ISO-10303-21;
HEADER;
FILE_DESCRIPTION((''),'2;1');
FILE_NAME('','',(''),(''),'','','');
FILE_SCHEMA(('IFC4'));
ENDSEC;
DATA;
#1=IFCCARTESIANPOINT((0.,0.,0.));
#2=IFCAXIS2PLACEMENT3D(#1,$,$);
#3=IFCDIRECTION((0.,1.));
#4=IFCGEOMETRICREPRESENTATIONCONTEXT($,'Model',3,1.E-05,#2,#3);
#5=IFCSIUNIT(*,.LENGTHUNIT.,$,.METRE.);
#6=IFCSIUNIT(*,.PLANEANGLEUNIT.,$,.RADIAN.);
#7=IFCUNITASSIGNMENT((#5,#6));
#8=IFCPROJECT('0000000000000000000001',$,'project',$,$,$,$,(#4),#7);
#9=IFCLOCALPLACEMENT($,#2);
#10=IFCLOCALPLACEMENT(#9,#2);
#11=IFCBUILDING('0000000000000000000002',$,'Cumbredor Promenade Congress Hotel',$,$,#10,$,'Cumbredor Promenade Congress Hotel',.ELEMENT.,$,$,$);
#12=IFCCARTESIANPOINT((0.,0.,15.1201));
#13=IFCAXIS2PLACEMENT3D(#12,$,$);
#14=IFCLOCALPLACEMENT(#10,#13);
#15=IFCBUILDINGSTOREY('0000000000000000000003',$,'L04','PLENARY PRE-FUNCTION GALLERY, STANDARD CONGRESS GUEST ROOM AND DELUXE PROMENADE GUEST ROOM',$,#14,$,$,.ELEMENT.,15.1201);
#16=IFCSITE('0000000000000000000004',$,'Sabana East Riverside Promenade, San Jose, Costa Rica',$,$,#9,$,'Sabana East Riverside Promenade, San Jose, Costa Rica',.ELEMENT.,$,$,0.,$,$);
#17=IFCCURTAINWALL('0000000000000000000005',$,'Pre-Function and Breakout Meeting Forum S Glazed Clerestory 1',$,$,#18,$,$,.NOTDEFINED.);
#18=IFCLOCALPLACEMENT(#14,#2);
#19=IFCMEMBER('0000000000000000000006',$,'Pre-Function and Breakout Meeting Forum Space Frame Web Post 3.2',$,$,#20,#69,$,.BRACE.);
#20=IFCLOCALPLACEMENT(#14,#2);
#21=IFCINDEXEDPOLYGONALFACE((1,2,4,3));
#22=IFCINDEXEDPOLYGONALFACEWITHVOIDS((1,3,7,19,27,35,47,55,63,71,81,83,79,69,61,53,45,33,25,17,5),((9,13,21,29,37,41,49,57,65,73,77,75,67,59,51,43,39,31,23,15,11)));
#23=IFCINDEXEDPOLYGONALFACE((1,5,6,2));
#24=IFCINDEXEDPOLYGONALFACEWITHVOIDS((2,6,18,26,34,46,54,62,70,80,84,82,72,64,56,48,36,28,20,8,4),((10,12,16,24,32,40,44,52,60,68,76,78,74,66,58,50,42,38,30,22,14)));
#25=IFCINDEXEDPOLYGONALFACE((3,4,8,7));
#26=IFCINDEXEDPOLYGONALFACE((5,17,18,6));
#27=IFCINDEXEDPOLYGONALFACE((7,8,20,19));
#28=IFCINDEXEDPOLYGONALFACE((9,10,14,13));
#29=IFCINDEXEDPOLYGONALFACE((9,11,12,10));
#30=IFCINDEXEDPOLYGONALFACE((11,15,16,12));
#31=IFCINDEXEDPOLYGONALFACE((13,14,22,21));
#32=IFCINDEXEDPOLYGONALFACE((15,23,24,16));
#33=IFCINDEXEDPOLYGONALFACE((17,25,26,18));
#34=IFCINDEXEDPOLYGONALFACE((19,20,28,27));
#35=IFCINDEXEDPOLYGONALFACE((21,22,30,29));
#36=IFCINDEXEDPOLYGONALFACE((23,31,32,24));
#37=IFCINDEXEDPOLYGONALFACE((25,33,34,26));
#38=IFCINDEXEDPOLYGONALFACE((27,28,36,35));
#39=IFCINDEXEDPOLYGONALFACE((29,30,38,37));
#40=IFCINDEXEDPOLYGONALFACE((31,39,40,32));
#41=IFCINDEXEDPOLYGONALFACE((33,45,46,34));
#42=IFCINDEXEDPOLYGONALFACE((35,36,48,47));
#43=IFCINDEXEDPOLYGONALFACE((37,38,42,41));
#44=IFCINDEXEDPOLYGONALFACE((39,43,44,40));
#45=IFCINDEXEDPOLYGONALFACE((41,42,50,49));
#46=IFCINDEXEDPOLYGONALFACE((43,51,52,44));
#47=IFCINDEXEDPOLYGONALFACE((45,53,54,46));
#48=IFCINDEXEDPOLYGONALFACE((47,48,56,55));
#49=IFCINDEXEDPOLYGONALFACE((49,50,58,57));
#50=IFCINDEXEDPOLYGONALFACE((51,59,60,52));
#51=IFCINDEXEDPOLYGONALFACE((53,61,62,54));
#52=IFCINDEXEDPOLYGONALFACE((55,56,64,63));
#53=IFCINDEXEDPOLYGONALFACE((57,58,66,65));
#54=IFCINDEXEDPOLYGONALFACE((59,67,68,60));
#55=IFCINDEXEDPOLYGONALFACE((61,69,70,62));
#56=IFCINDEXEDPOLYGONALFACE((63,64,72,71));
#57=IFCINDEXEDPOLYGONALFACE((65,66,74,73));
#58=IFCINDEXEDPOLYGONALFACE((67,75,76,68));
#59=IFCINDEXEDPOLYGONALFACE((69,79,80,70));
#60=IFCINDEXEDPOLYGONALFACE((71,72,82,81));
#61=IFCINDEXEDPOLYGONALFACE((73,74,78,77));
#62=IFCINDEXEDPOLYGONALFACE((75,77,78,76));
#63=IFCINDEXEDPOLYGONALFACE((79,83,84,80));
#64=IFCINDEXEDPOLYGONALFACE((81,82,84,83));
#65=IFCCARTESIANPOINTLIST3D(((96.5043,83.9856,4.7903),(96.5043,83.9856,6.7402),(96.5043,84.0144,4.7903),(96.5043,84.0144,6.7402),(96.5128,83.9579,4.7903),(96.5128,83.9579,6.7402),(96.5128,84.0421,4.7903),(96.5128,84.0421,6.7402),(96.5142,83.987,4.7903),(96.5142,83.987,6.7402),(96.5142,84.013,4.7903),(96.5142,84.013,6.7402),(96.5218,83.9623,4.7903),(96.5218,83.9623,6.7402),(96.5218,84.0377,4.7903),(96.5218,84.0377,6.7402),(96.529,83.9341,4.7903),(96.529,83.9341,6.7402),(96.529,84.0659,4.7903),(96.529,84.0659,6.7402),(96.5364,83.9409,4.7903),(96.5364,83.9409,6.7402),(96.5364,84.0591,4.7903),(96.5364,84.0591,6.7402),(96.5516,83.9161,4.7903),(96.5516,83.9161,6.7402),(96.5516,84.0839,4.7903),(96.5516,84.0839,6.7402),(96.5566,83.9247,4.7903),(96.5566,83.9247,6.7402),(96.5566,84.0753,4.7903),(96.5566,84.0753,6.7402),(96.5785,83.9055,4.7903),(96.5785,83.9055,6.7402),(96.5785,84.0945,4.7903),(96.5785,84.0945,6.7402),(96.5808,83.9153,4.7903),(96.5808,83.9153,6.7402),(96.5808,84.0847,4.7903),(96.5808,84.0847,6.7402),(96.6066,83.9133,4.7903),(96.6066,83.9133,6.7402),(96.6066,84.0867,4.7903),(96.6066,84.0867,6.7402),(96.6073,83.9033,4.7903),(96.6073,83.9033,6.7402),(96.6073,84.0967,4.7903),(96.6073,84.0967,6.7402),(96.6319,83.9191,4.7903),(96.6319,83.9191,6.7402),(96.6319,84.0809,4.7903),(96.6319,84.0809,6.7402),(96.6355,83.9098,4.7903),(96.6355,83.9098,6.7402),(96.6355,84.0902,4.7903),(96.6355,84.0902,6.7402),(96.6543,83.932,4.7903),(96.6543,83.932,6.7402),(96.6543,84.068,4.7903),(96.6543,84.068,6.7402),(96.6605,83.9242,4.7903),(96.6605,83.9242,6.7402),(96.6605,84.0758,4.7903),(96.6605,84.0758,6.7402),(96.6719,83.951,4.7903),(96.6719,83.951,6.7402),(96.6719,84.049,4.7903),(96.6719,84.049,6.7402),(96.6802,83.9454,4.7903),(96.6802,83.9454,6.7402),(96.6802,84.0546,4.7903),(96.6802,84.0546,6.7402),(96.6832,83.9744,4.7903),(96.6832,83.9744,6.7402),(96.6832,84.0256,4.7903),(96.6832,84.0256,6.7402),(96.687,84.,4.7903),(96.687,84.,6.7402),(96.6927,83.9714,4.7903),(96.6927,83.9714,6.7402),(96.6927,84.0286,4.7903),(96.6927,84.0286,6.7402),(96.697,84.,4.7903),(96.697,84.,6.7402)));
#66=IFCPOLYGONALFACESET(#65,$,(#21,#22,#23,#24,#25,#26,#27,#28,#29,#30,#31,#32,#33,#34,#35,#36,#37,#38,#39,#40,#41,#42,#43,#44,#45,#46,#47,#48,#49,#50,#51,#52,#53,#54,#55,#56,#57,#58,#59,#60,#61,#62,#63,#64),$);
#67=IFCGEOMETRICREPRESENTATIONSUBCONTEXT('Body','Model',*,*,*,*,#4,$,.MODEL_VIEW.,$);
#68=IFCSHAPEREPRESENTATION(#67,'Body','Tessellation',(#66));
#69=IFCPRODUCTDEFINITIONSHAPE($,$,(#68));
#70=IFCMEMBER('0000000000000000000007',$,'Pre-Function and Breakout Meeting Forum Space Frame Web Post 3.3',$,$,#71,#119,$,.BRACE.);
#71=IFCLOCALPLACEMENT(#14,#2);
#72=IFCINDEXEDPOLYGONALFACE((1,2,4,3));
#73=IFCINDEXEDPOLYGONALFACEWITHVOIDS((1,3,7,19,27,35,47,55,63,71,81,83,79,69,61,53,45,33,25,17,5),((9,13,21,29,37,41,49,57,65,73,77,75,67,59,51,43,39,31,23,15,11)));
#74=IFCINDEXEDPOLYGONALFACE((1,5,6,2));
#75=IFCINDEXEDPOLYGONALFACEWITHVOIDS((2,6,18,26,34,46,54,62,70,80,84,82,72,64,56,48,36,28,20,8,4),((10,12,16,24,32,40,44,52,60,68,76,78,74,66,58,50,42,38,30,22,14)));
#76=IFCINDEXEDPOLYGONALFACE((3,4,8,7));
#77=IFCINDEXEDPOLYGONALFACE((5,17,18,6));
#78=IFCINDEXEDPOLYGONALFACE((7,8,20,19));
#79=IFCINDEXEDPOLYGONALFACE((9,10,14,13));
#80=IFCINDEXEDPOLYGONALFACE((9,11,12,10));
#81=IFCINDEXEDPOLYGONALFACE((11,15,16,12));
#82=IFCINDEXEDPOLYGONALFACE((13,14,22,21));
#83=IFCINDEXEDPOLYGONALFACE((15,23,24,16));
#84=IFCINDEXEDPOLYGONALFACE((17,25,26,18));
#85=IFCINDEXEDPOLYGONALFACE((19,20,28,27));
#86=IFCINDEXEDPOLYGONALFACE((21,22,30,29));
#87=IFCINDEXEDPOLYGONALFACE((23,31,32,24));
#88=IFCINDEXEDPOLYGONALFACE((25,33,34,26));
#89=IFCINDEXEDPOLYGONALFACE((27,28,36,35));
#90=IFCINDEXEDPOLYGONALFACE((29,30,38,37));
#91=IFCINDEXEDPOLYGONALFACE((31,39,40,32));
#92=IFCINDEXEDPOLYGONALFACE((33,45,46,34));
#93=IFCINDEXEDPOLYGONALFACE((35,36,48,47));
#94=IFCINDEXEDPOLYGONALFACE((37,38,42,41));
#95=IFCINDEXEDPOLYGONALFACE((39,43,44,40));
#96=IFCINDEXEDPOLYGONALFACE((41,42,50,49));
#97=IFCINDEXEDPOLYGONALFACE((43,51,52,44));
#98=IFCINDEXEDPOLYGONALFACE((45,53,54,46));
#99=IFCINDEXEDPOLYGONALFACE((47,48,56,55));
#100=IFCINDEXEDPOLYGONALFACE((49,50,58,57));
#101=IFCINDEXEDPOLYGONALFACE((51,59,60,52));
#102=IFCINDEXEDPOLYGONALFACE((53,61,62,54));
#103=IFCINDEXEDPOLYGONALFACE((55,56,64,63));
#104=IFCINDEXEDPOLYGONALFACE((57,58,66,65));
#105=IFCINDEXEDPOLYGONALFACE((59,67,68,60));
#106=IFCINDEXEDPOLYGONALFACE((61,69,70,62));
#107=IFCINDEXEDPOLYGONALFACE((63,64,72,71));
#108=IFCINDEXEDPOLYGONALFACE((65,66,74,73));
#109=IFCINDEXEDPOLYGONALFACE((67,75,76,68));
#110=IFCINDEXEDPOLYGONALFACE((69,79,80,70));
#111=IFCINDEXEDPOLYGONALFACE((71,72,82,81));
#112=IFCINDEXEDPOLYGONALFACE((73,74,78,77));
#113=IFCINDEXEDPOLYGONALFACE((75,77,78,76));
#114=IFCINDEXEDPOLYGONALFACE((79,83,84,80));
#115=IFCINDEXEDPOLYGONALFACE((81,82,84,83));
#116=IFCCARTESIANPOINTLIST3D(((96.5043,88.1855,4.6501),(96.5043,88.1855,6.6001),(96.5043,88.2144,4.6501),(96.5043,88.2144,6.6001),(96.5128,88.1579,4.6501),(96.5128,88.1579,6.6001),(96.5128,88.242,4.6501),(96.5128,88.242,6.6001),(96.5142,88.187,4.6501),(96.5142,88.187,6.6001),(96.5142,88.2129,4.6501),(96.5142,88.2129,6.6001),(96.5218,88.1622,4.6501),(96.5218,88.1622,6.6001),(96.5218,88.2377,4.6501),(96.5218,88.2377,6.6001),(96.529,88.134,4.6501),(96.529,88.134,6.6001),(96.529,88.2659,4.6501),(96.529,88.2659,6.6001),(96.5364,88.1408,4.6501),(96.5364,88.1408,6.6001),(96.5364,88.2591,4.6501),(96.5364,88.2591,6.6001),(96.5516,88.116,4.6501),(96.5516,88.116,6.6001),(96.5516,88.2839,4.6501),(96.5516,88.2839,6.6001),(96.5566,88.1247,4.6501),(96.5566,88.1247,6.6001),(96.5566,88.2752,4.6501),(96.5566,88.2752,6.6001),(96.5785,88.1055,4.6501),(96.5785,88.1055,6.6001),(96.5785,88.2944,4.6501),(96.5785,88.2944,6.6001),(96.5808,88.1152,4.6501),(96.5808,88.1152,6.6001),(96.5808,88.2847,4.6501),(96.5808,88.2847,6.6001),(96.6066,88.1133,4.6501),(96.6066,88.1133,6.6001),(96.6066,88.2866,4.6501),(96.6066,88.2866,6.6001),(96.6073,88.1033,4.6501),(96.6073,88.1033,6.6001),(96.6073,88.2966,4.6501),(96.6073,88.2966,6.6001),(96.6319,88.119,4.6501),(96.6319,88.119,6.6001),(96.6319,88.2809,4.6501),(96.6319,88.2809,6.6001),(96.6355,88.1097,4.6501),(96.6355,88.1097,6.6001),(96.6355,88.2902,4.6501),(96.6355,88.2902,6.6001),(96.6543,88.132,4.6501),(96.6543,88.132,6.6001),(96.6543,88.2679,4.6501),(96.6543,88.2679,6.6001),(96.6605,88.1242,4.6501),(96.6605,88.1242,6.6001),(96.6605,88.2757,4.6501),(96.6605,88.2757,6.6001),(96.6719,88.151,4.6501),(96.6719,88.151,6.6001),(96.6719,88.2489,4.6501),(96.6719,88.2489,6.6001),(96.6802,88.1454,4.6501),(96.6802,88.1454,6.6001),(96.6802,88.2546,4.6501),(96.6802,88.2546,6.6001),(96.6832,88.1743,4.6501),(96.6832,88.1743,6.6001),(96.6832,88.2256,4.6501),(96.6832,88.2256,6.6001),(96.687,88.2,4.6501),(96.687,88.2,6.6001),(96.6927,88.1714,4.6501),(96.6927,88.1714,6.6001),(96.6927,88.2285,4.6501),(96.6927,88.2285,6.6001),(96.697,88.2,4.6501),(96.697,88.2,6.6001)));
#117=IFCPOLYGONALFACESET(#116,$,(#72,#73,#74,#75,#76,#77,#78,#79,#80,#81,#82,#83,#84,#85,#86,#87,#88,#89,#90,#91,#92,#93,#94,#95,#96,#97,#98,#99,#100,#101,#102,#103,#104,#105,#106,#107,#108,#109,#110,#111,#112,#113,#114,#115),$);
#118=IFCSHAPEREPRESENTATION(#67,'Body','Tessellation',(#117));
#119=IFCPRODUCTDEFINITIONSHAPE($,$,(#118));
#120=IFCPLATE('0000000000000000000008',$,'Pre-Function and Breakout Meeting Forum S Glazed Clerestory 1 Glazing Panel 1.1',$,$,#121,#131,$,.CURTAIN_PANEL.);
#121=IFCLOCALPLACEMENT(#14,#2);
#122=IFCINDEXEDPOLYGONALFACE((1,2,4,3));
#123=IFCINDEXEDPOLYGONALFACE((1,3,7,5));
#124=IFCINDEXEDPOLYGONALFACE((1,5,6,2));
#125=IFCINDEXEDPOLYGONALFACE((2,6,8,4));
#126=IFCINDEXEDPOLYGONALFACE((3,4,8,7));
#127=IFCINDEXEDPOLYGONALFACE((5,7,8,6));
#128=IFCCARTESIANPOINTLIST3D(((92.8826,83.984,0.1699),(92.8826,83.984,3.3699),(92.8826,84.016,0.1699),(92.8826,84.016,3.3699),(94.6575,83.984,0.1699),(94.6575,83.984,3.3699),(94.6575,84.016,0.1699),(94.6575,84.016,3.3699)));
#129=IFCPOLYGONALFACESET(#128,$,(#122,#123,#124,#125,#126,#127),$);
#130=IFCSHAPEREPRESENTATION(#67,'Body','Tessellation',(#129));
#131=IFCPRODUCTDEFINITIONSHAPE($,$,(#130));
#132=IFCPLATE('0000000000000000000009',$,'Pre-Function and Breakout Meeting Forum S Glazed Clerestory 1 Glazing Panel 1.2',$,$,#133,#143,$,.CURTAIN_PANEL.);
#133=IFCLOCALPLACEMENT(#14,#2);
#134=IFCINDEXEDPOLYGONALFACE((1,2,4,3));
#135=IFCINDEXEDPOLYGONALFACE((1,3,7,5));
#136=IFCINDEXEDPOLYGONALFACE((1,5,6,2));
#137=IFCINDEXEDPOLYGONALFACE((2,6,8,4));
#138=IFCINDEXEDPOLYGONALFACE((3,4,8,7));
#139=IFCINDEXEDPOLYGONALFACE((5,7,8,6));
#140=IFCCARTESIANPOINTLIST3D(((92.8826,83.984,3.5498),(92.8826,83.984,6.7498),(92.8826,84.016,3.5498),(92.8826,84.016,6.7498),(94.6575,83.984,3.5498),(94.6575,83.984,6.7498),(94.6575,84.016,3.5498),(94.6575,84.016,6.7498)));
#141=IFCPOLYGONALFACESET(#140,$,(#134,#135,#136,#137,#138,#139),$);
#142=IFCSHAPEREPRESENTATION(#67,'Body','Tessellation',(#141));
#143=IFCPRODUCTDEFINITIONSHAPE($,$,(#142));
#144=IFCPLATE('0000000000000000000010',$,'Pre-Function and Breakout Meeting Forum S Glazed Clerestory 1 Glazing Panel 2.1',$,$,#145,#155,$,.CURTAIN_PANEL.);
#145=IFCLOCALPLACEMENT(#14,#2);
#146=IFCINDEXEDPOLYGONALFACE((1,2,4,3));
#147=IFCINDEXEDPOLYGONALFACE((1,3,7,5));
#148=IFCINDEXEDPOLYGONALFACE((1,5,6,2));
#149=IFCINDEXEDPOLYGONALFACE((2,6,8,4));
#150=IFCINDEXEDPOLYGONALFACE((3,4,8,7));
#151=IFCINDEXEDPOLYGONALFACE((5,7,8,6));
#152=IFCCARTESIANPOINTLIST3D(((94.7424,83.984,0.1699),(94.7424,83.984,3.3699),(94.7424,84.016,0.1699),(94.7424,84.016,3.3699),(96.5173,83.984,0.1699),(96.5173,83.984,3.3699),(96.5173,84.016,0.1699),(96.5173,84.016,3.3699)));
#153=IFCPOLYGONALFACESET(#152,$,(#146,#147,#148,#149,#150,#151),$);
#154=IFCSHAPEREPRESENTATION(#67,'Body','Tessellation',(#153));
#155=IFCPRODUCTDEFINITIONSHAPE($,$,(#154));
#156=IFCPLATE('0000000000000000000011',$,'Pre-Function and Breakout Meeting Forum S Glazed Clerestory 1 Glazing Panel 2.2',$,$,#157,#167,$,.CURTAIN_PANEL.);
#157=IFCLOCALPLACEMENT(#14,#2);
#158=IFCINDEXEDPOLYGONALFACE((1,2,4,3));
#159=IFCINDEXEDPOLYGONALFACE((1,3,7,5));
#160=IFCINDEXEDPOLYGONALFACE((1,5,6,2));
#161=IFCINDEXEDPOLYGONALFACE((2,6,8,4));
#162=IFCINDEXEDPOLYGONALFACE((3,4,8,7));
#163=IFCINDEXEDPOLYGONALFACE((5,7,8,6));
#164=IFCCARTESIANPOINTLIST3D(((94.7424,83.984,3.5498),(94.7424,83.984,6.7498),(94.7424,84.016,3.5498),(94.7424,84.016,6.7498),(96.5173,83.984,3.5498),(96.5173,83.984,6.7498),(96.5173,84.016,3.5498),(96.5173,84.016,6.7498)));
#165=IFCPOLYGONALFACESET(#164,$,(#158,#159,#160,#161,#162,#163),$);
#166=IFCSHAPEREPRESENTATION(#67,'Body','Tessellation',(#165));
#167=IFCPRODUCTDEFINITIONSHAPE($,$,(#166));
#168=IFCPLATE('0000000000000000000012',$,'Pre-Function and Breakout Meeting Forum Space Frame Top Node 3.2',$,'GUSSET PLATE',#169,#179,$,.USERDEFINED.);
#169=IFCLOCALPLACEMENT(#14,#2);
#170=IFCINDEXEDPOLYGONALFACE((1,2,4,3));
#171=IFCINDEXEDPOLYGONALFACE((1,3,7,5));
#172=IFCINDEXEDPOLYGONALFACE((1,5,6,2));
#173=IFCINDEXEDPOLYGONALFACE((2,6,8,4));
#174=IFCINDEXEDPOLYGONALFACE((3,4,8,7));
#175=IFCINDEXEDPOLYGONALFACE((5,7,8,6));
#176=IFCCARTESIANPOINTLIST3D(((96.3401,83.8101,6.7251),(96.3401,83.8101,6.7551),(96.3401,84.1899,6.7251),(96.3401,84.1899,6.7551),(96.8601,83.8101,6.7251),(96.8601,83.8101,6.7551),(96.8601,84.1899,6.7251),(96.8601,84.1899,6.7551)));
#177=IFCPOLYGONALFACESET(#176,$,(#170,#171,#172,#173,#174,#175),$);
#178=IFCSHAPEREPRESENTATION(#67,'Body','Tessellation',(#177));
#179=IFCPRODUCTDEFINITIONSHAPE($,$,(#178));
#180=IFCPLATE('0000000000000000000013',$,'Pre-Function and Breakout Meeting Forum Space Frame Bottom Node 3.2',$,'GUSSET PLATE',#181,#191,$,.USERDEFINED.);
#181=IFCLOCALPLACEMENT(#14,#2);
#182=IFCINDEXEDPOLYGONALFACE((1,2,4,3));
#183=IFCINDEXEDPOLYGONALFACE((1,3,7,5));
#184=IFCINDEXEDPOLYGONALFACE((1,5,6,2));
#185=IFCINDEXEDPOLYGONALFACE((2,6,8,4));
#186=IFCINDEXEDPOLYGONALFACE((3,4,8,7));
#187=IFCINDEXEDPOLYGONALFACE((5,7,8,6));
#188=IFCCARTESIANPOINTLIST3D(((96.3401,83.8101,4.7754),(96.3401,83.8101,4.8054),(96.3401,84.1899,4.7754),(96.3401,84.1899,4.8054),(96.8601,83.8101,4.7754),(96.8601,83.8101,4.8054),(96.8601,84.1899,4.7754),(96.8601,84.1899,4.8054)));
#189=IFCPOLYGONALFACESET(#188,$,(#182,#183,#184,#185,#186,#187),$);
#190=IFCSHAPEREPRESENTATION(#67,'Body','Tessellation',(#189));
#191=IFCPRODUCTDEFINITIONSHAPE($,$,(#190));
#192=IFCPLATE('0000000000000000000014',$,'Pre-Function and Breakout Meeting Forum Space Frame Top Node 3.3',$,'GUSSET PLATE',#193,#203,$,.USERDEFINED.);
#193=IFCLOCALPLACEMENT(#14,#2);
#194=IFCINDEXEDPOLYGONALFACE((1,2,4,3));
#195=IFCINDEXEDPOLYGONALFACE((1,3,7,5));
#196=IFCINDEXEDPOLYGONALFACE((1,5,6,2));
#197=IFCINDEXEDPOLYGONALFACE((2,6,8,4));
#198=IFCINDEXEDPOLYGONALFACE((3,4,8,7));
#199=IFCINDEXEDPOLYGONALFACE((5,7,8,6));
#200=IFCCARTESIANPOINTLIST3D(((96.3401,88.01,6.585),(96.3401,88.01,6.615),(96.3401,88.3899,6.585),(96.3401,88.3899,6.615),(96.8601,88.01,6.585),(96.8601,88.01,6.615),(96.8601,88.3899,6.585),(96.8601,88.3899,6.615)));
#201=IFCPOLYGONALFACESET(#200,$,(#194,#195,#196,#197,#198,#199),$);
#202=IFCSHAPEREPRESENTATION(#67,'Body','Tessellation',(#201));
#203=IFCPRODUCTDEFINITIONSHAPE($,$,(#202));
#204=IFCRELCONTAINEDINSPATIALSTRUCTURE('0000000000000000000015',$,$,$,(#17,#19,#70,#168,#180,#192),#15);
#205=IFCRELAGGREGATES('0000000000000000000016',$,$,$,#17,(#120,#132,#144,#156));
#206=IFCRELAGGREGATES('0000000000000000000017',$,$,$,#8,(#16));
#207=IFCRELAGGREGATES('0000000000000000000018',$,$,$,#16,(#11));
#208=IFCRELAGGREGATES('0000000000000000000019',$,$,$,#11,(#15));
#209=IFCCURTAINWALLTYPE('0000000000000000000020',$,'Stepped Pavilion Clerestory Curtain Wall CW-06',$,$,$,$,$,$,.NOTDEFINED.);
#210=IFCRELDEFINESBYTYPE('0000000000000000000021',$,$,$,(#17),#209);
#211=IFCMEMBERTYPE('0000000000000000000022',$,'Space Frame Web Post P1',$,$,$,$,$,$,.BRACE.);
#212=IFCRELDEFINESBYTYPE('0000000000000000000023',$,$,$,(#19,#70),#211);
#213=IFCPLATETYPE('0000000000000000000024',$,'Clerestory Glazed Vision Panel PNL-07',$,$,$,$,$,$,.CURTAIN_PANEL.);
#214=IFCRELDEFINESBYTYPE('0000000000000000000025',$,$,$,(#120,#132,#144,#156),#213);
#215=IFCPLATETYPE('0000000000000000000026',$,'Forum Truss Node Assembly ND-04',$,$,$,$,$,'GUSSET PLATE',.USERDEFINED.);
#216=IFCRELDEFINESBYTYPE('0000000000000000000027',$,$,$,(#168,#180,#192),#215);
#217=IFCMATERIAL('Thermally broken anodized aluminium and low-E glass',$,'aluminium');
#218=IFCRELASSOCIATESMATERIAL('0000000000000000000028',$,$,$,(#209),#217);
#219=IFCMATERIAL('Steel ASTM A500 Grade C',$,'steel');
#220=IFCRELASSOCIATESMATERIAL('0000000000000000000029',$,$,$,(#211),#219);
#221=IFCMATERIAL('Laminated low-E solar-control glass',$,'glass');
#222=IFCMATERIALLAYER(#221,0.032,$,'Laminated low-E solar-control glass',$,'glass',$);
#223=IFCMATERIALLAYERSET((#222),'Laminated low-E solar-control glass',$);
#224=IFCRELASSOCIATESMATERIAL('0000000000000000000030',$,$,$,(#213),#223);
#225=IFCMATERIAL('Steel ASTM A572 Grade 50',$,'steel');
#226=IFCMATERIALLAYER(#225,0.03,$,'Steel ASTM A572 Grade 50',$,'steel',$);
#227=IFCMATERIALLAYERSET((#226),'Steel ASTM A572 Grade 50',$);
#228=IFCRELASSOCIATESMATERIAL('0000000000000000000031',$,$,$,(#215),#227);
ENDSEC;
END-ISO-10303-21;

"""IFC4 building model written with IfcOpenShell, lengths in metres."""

from ifc_helpers import new_model, si_unit, direction, frame, origin, origin_2d, place, context, subcontext, project, spatial, rectangle, hollow_circle, extrude, material, layer, layer_set, material_profile, profile_set, type_object, element, aggregate, save


model = new_model("IFC4")

# Units and contexts
model_context = context("Model", 3, precision=1e-05, world=origin(), true_north=direction((0.0, 1.0)))
body_context = subcontext(model_context, "Body", "Model", "MODEL_VIEW")
ifc_project = project(units=[si_unit("LENGTHUNIT", "METRE"), si_unit("PLANEANGLEUNIT", "RADIAN")], contexts=[model_context])

# Site, building, storey
site_placement = place(None, origin())
site = spatial("IfcSite", under=ifc_project, at=site_placement, Name="Sabana East Riverside Promenade, San Jose, Costa Rica", LongName="Sabana East Riverside Promenade, San Jose, Costa Rica", CompositionType="ELEMENT", RefElevation=0.0)
building_placement = place(site_placement, origin())
building = spatial("IfcBuilding", under=site, at=building_placement, Name="Cumbredor Promenade Congress Hotel", LongName="Cumbredor Promenade Congress Hotel", CompositionType="ELEMENT")
storey_placement = place(building_placement, frame((0.0, 0.0, 15.1201)))
storey = spatial("IfcBuildingStorey", under=building, at=storey_placement, Name="L04", Description="PLENARY PRE-FUNCTION GALLERY, STANDARD CONGRESS GUEST ROOM AND DELUXE PROMENADE GUEST ROOM", CompositionType="ELEMENT", Elevation=15.1201)

# Curtain wall
ifc_material_1 = material(Name="Thermally broken anodized aluminium and low-E glass", Category="aluminium")
curtain_wall_type = type_object("IfcCurtainWallType", Name="Stepped Pavilion Clerestory Curtain Wall CW-06", PredefinedType="NOTDEFINED", material=ifc_material_1)
curtain_wall_placement = place(storey_placement, origin())
curtain_wall = element("IfcCurtainWall", 1, at=curtain_wall_placement, inside=storey, type_object=curtain_wall_type, Name="Pre-Function and Breakout Meeting Forum S Glazed Clerestory 1", PredefinedType="NOTDEFINED")

# Members
ifc_material_2 = material(Name="Steel ASTM A500 Grade C", Category="steel")
ifc_material_profile_1 = material_profile(ifc_material_2, hollow_circle(Radius=0.0969, WallThickness=0.01, at=origin_2d()), Name="CHS 193.7x10")
ifc_profile_set_1 = profile_set([ifc_material_profile_1], Name="Steel ASTM A500 Grade C")
member_type_1 = type_object("IfcMemberType", Name="Space Frame Web Post P1", PredefinedType="BRACE", material=ifc_profile_set_1)
for number, where, z_axis, x_axis, name in (
    (2, (96.6001, 84.0, 4.7903), (0.0, 0.0, 1.0), (1.0, 0.0, 0.0), "Pre-Function and Breakout Meeting Forum Space Frame Web Post 3.2"),
    (3, (96.6001, 88.2, 4.6501), (0.0, 0.0, 1.0), (1.0, 0.0, 0.0), "Pre-Function and Breakout Meeting Forum Space Frame Web Post 3.3"),
):
    element("IfcMember", number, at=place(storey_placement, frame(where, z_axis=z_axis, x_axis=x_axis)), inside=storey, type_object=member_type_1, Name=name, PredefinedType="BRACE", context=body_context, shape_type="SweptSolid", body=[
        extrude(hollow_circle(Radius=0.0969, WallThickness=0.01, at=origin_2d()), origin(), (0.0, 0.0, 1.0), 1.95),
    ])

# Plates
ifc_material_3 = material(Name="Laminated low-E solar-control glass", Category="glass")
ifc_layer_1 = layer(ifc_material_3, 0.032, Name="Laminated low-E solar-control glass", Category="glass")
ifc_layer_set_1 = layer_set([ifc_layer_1], Name="Laminated low-E solar-control glass")
plate_type_1 = type_object("IfcPlateType", Name="Clerestory Glazed Vision Panel PNL-07", PredefinedType="CURTAIN_PANEL", material=ifc_layer_set_1)
plate_1_placement = place(storey_placement, frame((93.77, 84.0, 0.1699), z_axis=(0.0, 0.0, 1.0), x_axis=(1.0, 0.0, 0.0)))
plate_1 = element("IfcPlate", 4, at=plate_1_placement, type_object=plate_type_1, Name="Pre-Function and Breakout Meeting Forum S Glazed Clerestory 1 Glazing Panel 1.1", PredefinedType="CURTAIN_PANEL", context=body_context, shape_type="SweptSolid", body=[
    extrude(rectangle(XDim=1.7749, YDim=0.032, at=origin_2d()), origin(), (0.0, 0.0, 1.0), 3.2),
])
plate_2_placement = place(storey_placement, frame((93.77, 84.0, 3.5498), z_axis=(0.0, 0.0, 1.0), x_axis=(1.0, 0.0, 0.0)))
plate_2 = element("IfcPlate", 5, at=plate_2_placement, type_object=plate_type_1, Name="Pre-Function and Breakout Meeting Forum S Glazed Clerestory 1 Glazing Panel 1.2", PredefinedType="CURTAIN_PANEL", context=body_context, shape_type="SweptSolid", body=[
    extrude(rectangle(XDim=1.7749, YDim=0.032, at=origin_2d()), origin(), (0.0, 0.0, 1.0), 3.2),
])
plate_3_placement = place(storey_placement, frame((95.6299, 84.0, 0.1699), z_axis=(0.0, 0.0, 1.0), x_axis=(1.0, 0.0, 0.0)))
plate_3 = element("IfcPlate", 6, at=plate_3_placement, type_object=plate_type_1, Name="Pre-Function and Breakout Meeting Forum S Glazed Clerestory 1 Glazing Panel 2.1", PredefinedType="CURTAIN_PANEL", context=body_context, shape_type="SweptSolid", body=[
    extrude(rectangle(XDim=1.7749, YDim=0.032, at=origin_2d()), origin(), (0.0, 0.0, 1.0), 3.2),
])
plate_4_placement = place(storey_placement, frame((95.6299, 84.0, 3.5498), z_axis=(0.0, 0.0, 1.0), x_axis=(1.0, 0.0, 0.0)))
plate_4 = element("IfcPlate", 7, at=plate_4_placement, type_object=plate_type_1, Name="Pre-Function and Breakout Meeting Forum S Glazed Clerestory 1 Glazing Panel 2.2", PredefinedType="CURTAIN_PANEL", context=body_context, shape_type="SweptSolid", body=[
    extrude(rectangle(XDim=1.7749, YDim=0.032, at=origin_2d()), origin(), (0.0, 0.0, 1.0), 3.2),
])
aggregate(curtain_wall, [plate_1, plate_2, plate_3, plate_4])

# Plates
ifc_material_4 = material(Name="Steel ASTM A572 Grade 50", Category="steel")
ifc_layer_2 = layer(ifc_material_4, 0.03, Name="Steel ASTM A572 Grade 50", Category="steel")
ifc_layer_set_2 = layer_set([ifc_layer_2], Name="Steel ASTM A572 Grade 50")
plate_type_2 = type_object("IfcPlateType", Name="Forum Truss Node Assembly ND-04", ElementType="GUSSET PLATE", PredefinedType="USERDEFINED", material=ifc_layer_set_2)
for number, where, z_axis, x_axis, name in (
    (8, (96.6001, 84.0, 6.7251), (0.0, 0.0, 1.0), (1.0, 0.0, 0.0), "Pre-Function and Breakout Meeting Forum Space Frame Top Node 3.2"),
    (9, (96.6001, 84.0, 4.7754), (0.0, 0.0, 1.0), (1.0, 0.0, 0.0), "Pre-Function and Breakout Meeting Forum Space Frame Bottom Node 3.2"),
    (10, (96.6001, 88.2, 6.585), (0.0, 0.0, 1.0), (1.0, 0.0, 0.0), "Pre-Function and Breakout Meeting Forum Space Frame Top Node 3.3"),
):
    element("IfcPlate", number, at=place(storey_placement, frame(where, z_axis=z_axis, x_axis=x_axis)), inside=storey, type_object=plate_type_2, Name=name, ObjectType="GUSSET PLATE", PredefinedType="USERDEFINED", context=body_context, shape_type="SweptSolid", body=[
        extrude(rectangle(XDim=0.52, YDim=0.3799, at=origin_2d()), origin(), (0.0, 0.0, 1.0), 0.03),
    ])

save(model, "model.ifc")
